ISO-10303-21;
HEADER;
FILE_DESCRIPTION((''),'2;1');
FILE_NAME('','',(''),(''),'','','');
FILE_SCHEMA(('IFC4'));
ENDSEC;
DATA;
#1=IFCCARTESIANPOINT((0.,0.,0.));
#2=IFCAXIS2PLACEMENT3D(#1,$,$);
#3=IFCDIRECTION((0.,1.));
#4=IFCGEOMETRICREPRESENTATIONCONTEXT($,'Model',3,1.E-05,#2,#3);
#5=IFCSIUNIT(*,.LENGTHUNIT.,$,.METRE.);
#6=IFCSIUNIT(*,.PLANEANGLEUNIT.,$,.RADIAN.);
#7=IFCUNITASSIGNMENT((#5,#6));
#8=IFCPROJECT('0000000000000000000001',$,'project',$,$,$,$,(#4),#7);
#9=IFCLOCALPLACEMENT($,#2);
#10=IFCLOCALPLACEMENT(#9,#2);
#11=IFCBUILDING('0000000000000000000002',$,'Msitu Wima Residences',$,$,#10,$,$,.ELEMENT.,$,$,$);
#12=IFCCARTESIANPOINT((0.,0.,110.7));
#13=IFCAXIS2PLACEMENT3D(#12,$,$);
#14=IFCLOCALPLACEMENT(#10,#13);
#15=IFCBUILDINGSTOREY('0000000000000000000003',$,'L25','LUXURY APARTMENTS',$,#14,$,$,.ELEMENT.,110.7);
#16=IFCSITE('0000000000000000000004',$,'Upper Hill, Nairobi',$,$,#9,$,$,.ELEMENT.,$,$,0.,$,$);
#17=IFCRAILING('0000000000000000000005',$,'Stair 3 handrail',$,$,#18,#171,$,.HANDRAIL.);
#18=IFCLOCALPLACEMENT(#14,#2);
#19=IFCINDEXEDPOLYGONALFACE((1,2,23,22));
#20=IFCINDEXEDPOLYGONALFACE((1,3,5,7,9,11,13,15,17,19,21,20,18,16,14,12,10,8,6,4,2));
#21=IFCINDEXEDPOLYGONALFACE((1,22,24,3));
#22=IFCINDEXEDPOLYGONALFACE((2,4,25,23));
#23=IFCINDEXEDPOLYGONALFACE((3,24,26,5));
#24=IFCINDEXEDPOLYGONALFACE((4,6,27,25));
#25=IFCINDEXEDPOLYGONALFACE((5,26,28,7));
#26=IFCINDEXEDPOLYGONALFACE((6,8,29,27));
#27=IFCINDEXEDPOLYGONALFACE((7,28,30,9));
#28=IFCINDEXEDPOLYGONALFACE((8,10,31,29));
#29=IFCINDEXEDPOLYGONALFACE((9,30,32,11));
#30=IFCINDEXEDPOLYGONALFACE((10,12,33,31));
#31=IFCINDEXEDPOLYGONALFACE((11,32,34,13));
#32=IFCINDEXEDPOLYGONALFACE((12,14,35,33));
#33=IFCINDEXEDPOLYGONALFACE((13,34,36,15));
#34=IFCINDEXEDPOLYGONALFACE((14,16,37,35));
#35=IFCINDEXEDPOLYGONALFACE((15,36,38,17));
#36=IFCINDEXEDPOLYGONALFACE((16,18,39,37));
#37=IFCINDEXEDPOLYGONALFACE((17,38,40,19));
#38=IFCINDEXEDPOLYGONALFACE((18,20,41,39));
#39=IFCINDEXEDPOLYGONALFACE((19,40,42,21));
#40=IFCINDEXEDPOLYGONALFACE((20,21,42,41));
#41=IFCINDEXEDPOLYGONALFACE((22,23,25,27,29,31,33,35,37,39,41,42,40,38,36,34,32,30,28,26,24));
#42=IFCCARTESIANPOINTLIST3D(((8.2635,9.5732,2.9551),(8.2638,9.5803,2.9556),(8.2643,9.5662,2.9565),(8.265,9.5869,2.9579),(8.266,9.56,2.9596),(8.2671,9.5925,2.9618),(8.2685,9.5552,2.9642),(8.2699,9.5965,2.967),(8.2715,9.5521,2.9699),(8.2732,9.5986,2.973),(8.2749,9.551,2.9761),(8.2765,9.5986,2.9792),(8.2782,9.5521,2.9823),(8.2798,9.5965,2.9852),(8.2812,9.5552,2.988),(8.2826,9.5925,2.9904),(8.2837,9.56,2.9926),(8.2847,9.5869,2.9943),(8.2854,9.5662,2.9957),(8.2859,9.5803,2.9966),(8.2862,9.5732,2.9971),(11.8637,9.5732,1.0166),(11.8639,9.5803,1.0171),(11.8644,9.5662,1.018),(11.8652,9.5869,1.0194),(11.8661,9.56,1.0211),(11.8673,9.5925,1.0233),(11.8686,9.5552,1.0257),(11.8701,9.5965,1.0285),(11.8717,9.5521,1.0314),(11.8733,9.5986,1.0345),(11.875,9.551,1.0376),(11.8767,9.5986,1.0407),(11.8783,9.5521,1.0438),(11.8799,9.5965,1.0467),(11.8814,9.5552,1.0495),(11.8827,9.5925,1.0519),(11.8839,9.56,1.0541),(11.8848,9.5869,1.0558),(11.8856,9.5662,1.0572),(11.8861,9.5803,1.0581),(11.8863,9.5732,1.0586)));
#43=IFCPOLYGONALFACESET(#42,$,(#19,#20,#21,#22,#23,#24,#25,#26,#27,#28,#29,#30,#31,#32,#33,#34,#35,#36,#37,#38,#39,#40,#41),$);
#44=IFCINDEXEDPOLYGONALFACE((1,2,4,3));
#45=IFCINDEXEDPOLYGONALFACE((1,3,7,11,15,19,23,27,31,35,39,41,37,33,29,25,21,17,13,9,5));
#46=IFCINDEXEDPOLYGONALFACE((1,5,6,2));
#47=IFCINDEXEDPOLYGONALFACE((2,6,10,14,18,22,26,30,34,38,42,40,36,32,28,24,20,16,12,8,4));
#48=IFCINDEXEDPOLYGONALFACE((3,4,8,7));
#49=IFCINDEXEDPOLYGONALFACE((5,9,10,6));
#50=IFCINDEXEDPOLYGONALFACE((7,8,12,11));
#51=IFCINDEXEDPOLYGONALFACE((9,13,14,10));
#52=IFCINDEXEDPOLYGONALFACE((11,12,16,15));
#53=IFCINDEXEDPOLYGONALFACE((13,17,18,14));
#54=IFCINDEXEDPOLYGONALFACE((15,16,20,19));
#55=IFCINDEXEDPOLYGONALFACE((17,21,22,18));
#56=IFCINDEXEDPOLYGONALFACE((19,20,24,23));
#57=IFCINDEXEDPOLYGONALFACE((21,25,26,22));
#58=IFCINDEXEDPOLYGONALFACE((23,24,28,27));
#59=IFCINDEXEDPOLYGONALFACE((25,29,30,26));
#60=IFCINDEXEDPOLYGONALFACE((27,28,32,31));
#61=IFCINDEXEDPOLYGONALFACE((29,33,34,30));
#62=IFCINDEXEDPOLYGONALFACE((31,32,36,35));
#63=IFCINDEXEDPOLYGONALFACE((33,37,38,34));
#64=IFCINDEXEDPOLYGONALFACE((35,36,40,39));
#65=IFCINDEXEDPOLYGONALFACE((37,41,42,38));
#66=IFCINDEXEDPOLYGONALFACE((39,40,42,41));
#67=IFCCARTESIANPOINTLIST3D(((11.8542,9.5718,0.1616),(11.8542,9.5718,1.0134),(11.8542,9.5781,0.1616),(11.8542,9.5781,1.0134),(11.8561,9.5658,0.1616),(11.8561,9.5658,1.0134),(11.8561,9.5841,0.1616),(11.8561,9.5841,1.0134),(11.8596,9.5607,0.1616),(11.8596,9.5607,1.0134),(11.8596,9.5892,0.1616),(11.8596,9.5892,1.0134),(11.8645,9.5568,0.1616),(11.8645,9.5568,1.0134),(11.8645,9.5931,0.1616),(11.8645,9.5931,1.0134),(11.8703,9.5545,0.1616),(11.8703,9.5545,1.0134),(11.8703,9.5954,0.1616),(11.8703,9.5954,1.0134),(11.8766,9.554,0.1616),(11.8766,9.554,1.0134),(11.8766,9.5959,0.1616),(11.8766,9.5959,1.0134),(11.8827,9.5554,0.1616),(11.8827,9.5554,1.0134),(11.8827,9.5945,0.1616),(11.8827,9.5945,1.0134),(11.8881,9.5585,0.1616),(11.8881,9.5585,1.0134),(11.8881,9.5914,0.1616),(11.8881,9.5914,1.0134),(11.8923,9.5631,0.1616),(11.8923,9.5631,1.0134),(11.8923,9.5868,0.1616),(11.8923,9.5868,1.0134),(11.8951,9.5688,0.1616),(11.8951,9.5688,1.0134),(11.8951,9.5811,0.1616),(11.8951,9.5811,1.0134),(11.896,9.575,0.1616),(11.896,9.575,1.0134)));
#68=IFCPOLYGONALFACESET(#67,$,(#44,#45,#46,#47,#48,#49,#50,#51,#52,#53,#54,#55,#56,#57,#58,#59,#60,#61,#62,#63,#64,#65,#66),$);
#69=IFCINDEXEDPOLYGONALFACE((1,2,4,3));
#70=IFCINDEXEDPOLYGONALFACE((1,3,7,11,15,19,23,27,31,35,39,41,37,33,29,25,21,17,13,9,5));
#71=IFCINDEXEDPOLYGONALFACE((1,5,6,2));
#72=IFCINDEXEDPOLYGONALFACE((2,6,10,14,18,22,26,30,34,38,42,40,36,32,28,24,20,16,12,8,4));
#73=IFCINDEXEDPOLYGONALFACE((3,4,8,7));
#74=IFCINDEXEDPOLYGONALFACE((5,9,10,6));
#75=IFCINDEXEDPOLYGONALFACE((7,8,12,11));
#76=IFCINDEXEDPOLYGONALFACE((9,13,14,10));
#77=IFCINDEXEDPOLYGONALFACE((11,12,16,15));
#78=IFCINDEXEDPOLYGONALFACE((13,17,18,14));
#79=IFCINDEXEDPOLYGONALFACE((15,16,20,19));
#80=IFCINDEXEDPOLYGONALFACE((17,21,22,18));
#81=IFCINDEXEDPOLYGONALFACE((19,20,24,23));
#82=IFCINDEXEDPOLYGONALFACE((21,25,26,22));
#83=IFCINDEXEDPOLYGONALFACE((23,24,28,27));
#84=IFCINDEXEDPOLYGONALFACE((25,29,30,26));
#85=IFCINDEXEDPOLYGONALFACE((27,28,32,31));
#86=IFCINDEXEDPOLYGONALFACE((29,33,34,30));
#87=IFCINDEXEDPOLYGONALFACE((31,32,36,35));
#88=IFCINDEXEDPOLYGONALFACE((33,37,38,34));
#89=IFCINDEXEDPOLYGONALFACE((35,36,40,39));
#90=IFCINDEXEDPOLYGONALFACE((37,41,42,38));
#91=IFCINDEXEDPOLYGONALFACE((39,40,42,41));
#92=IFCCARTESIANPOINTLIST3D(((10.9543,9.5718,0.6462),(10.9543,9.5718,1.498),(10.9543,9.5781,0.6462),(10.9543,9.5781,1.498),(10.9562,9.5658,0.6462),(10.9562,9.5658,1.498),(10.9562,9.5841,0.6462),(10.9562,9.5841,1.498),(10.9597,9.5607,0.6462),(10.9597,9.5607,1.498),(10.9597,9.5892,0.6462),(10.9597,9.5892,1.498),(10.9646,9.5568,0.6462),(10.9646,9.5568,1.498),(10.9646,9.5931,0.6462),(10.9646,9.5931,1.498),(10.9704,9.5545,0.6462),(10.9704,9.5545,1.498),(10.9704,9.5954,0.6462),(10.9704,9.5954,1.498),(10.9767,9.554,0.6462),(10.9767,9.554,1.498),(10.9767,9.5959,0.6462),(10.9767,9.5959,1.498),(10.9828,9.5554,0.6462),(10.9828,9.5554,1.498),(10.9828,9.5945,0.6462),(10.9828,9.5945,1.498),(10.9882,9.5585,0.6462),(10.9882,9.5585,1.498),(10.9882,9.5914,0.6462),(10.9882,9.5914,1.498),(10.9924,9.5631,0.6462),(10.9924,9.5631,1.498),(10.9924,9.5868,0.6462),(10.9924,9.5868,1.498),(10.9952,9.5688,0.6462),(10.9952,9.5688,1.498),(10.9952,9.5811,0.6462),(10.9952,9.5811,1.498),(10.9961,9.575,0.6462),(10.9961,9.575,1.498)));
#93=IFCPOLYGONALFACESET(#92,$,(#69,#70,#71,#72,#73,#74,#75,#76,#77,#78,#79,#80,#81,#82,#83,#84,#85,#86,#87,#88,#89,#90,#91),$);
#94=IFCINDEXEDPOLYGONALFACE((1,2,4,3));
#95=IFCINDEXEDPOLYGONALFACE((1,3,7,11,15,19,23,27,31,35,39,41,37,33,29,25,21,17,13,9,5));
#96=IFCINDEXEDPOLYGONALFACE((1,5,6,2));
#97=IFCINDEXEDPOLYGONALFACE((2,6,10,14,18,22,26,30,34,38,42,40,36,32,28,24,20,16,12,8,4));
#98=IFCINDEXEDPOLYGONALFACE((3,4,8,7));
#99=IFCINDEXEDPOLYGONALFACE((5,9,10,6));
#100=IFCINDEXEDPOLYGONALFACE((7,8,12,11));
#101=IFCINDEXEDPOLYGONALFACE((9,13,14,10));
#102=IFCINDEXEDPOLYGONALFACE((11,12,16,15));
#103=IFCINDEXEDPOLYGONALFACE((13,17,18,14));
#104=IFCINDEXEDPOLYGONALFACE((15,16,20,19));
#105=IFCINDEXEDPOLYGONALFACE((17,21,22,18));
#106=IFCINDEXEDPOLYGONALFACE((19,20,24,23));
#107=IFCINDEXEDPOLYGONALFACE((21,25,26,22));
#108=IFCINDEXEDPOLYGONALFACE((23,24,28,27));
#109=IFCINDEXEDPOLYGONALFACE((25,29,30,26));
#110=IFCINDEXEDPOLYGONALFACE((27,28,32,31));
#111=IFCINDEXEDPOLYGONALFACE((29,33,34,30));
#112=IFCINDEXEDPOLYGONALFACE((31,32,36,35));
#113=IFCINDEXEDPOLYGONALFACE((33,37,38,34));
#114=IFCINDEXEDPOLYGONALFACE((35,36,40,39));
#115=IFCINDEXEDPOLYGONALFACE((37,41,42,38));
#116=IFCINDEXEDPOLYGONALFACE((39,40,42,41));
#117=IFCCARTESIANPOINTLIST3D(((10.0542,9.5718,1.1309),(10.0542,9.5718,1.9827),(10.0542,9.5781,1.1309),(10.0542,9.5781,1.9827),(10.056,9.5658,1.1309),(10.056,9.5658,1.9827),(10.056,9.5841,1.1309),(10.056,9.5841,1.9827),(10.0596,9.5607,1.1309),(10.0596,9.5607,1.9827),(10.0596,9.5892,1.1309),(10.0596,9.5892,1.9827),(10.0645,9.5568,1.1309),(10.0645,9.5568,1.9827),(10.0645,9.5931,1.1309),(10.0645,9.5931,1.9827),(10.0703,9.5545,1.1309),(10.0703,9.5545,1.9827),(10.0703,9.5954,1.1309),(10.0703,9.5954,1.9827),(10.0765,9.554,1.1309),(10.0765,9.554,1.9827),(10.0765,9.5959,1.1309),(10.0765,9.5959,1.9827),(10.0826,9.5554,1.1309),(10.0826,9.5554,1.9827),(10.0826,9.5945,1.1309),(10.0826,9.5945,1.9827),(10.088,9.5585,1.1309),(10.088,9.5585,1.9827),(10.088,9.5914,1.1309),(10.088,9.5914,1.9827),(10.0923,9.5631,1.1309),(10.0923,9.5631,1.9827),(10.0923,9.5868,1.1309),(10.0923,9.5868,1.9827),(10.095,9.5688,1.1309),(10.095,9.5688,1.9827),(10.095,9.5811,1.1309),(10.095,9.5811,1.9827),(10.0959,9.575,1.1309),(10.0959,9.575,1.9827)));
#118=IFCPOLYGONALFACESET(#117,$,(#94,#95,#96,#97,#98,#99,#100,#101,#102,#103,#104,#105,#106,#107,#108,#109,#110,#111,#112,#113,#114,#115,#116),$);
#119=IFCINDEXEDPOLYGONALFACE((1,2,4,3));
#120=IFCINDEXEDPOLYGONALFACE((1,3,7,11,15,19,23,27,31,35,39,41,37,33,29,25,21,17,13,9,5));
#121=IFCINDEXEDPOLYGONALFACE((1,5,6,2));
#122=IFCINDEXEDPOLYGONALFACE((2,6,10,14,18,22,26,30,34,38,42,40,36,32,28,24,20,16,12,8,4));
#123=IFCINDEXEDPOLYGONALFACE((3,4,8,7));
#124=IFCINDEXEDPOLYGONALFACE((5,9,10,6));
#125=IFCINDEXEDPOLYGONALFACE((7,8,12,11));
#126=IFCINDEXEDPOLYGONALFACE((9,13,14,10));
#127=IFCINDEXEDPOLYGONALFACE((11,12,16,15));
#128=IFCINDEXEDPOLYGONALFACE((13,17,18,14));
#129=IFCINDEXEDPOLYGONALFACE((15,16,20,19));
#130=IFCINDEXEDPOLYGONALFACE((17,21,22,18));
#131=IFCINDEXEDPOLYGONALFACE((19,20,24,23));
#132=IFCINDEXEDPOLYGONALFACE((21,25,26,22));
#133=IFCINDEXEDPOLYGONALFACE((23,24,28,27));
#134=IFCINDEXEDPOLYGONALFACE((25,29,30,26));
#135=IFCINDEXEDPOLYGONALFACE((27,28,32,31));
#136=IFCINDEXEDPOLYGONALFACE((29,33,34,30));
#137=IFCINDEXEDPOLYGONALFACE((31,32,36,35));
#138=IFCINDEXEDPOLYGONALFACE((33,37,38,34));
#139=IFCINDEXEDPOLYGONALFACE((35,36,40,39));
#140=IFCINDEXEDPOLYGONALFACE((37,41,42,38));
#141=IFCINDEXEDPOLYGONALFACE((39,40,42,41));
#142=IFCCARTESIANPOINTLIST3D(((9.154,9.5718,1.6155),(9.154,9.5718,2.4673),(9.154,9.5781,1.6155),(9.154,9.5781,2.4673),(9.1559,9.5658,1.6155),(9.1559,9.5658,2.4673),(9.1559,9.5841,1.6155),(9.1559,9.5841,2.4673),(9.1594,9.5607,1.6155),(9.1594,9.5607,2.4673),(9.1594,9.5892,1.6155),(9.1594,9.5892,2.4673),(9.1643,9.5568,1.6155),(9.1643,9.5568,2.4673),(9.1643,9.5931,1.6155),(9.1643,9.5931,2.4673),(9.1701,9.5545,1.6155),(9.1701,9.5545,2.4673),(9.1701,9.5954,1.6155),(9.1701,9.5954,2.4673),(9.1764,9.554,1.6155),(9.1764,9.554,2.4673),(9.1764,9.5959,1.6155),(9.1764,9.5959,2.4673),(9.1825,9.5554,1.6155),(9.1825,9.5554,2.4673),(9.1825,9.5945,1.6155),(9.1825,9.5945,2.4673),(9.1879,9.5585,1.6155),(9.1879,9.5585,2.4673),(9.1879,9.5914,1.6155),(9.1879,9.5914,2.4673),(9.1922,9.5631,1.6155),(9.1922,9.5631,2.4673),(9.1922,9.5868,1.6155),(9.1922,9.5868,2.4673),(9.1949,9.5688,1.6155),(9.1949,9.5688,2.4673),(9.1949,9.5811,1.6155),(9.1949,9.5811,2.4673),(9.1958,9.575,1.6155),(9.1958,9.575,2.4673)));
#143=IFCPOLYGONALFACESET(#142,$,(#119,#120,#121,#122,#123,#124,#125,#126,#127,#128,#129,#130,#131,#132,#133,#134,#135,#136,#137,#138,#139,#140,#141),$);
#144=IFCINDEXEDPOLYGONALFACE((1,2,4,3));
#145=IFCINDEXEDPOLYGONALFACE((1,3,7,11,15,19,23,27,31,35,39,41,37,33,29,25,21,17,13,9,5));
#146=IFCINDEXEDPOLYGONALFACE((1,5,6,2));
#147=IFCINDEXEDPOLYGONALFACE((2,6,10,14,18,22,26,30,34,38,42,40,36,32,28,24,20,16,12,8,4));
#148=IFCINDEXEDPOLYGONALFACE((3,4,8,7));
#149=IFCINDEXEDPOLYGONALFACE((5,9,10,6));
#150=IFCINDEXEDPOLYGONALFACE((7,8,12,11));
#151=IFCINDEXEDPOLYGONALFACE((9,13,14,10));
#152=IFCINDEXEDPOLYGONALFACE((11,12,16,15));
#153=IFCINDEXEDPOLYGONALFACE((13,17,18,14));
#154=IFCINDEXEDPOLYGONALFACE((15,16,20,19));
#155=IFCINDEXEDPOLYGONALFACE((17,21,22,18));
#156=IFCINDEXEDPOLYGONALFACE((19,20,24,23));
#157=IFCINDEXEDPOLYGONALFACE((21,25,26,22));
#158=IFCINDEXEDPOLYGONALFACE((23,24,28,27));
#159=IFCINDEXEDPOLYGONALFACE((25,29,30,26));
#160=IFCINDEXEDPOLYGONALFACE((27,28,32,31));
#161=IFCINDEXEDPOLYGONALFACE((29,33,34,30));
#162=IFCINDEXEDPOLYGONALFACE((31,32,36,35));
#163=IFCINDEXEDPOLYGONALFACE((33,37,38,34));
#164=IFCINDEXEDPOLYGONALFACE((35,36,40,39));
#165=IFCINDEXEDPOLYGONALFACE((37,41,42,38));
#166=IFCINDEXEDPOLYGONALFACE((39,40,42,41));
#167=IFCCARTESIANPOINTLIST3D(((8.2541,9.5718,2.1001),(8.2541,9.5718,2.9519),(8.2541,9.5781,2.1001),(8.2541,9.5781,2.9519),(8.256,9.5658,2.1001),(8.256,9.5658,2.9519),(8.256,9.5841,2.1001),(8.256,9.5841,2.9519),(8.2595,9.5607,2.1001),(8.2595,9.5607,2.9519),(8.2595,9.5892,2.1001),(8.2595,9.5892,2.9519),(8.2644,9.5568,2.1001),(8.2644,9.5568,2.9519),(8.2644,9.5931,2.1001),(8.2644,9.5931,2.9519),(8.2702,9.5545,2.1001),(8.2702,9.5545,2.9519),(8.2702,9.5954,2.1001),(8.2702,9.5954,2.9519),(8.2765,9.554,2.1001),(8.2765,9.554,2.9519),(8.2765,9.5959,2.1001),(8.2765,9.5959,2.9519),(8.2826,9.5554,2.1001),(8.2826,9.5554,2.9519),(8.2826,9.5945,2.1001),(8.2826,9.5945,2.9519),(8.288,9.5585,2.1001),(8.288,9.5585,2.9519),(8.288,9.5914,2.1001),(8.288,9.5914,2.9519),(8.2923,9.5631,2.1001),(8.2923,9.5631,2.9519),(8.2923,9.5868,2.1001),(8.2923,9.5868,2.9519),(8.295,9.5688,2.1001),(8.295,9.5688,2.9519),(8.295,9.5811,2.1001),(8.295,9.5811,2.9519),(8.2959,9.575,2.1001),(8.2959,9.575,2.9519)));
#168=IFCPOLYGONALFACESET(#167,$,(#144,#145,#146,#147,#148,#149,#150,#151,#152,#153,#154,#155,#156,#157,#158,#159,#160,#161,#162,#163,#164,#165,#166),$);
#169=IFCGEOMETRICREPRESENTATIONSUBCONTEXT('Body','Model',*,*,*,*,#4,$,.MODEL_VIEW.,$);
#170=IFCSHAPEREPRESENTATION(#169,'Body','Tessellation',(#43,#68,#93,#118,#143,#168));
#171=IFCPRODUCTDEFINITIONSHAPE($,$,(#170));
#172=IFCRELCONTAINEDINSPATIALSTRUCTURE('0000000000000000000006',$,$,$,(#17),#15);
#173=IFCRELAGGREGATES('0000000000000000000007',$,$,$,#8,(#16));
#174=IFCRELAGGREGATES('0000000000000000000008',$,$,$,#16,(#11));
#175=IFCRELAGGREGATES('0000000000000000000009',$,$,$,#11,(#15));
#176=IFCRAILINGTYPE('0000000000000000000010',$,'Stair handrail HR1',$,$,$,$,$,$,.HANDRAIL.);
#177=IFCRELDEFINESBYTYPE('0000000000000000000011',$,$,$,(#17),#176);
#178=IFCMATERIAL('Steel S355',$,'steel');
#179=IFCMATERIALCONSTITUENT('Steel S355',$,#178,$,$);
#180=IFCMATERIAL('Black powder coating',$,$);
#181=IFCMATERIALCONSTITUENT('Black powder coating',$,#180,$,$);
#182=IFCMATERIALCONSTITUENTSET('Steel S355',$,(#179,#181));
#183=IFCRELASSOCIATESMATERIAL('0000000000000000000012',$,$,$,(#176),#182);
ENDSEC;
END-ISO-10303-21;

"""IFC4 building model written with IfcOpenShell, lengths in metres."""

from ifc_helpers import new_model, si_unit, direction, frame, origin, origin_2d, place, context, subcontext, project, spatial, circle, extrude, material, constituent, constituent_set, type_object, element, save


model = new_model("IFC4")

# Units and contexts
model_context = context("Model", 3, precision=1e-05, world=origin(), true_north=direction((0.0, 1.0)))
body_context = subcontext(model_context, "Body", "Model", "MODEL_VIEW")
ifc_project = project(units=[si_unit("LENGTHUNIT", "METRE"), si_unit("PLANEANGLEUNIT", "RADIAN")], contexts=[model_context])

# Site, building, storey
site_placement = place(None, origin())
site = spatial("IfcSite", under=ifc_project, at=site_placement, Name="Upper Hill, Nairobi", CompositionType="ELEMENT", RefElevation=0.0)
building_placement = place(site_placement, origin())
building = spatial("IfcBuilding", under=site, at=building_placement, Name="Msitu Wima Residences", CompositionType="ELEMENT")
storey_placement = place(building_placement, frame((0.0, 0.0, 110.7)))
storey = spatial("IfcBuildingStorey", under=building, at=storey_placement, Name="L25", Description="LUXURY APARTMENTS", CompositionType="ELEMENT", Elevation=110.7)

# Railing
ifc_material_1 = material(Name="Steel S355", Category="steel")
ifc_constituent_1 = constituent(ifc_material_1, Name="Steel S355")
ifc_material_2 = material(Name="Black powder coating")
ifc_constituent_2 = constituent(ifc_material_2, Name="Black powder coating")
ifc_constituent_set_1 = constituent_set(constituents=[ifc_constituent_1, ifc_constituent_2], Name="Steel S355")
railing_type_1 = type_object("IfcRailingType", Name="Stair handrail HR1", PredefinedType="HANDRAIL", material=ifc_constituent_set_1)
for number, where, name in (
    (1, (11.875, 9.575, 0.1616), "Stair 3 handrail"),
):
    element("IfcRailing", number, at=place(storey_placement, frame(where)), inside=storey, type_object=railing_type_1, Name=name, PredefinedType="HANDRAIL", context=body_context, shape_type="SweptSolid", body=[
        extrude(circle(Radius=0.0239, at=origin_2d()), frame((0.0, 0.0, 0.876), z_axis=(-0.880475, 0.0, 0.474093), x_axis=(0.0, -1.0, 0.0)), (0.0, 0.0, 1.0), 4.0889),
        extrude(circle(Radius=0.021, at=origin_2d()), origin(), (0.0, 0.0, 1.0), 0.8518),
        extrude(circle(Radius=0.021, at=origin_2d()), frame((-0.8999, 0.0, 0.4846)), (0.0, 0.0, 1.0), 0.8518),
        extrude(circle(Radius=0.021, at=origin_2d()), frame((-1.8, 0.0, 0.9692)), (0.0, 0.0, 1.0), 0.8518),
        extrude(circle(Radius=0.021, at=origin_2d()), frame((-2.7002, 0.0, 1.4539)), (0.0, 0.0, 1.0), 0.8518),
        extrude(circle(Radius=0.021, at=origin_2d()), frame((-3.6001, 0.0, 1.9385)), (0.0, 0.0, 1.0), 0.8518),
    ])

save(model, "model.ifc")
